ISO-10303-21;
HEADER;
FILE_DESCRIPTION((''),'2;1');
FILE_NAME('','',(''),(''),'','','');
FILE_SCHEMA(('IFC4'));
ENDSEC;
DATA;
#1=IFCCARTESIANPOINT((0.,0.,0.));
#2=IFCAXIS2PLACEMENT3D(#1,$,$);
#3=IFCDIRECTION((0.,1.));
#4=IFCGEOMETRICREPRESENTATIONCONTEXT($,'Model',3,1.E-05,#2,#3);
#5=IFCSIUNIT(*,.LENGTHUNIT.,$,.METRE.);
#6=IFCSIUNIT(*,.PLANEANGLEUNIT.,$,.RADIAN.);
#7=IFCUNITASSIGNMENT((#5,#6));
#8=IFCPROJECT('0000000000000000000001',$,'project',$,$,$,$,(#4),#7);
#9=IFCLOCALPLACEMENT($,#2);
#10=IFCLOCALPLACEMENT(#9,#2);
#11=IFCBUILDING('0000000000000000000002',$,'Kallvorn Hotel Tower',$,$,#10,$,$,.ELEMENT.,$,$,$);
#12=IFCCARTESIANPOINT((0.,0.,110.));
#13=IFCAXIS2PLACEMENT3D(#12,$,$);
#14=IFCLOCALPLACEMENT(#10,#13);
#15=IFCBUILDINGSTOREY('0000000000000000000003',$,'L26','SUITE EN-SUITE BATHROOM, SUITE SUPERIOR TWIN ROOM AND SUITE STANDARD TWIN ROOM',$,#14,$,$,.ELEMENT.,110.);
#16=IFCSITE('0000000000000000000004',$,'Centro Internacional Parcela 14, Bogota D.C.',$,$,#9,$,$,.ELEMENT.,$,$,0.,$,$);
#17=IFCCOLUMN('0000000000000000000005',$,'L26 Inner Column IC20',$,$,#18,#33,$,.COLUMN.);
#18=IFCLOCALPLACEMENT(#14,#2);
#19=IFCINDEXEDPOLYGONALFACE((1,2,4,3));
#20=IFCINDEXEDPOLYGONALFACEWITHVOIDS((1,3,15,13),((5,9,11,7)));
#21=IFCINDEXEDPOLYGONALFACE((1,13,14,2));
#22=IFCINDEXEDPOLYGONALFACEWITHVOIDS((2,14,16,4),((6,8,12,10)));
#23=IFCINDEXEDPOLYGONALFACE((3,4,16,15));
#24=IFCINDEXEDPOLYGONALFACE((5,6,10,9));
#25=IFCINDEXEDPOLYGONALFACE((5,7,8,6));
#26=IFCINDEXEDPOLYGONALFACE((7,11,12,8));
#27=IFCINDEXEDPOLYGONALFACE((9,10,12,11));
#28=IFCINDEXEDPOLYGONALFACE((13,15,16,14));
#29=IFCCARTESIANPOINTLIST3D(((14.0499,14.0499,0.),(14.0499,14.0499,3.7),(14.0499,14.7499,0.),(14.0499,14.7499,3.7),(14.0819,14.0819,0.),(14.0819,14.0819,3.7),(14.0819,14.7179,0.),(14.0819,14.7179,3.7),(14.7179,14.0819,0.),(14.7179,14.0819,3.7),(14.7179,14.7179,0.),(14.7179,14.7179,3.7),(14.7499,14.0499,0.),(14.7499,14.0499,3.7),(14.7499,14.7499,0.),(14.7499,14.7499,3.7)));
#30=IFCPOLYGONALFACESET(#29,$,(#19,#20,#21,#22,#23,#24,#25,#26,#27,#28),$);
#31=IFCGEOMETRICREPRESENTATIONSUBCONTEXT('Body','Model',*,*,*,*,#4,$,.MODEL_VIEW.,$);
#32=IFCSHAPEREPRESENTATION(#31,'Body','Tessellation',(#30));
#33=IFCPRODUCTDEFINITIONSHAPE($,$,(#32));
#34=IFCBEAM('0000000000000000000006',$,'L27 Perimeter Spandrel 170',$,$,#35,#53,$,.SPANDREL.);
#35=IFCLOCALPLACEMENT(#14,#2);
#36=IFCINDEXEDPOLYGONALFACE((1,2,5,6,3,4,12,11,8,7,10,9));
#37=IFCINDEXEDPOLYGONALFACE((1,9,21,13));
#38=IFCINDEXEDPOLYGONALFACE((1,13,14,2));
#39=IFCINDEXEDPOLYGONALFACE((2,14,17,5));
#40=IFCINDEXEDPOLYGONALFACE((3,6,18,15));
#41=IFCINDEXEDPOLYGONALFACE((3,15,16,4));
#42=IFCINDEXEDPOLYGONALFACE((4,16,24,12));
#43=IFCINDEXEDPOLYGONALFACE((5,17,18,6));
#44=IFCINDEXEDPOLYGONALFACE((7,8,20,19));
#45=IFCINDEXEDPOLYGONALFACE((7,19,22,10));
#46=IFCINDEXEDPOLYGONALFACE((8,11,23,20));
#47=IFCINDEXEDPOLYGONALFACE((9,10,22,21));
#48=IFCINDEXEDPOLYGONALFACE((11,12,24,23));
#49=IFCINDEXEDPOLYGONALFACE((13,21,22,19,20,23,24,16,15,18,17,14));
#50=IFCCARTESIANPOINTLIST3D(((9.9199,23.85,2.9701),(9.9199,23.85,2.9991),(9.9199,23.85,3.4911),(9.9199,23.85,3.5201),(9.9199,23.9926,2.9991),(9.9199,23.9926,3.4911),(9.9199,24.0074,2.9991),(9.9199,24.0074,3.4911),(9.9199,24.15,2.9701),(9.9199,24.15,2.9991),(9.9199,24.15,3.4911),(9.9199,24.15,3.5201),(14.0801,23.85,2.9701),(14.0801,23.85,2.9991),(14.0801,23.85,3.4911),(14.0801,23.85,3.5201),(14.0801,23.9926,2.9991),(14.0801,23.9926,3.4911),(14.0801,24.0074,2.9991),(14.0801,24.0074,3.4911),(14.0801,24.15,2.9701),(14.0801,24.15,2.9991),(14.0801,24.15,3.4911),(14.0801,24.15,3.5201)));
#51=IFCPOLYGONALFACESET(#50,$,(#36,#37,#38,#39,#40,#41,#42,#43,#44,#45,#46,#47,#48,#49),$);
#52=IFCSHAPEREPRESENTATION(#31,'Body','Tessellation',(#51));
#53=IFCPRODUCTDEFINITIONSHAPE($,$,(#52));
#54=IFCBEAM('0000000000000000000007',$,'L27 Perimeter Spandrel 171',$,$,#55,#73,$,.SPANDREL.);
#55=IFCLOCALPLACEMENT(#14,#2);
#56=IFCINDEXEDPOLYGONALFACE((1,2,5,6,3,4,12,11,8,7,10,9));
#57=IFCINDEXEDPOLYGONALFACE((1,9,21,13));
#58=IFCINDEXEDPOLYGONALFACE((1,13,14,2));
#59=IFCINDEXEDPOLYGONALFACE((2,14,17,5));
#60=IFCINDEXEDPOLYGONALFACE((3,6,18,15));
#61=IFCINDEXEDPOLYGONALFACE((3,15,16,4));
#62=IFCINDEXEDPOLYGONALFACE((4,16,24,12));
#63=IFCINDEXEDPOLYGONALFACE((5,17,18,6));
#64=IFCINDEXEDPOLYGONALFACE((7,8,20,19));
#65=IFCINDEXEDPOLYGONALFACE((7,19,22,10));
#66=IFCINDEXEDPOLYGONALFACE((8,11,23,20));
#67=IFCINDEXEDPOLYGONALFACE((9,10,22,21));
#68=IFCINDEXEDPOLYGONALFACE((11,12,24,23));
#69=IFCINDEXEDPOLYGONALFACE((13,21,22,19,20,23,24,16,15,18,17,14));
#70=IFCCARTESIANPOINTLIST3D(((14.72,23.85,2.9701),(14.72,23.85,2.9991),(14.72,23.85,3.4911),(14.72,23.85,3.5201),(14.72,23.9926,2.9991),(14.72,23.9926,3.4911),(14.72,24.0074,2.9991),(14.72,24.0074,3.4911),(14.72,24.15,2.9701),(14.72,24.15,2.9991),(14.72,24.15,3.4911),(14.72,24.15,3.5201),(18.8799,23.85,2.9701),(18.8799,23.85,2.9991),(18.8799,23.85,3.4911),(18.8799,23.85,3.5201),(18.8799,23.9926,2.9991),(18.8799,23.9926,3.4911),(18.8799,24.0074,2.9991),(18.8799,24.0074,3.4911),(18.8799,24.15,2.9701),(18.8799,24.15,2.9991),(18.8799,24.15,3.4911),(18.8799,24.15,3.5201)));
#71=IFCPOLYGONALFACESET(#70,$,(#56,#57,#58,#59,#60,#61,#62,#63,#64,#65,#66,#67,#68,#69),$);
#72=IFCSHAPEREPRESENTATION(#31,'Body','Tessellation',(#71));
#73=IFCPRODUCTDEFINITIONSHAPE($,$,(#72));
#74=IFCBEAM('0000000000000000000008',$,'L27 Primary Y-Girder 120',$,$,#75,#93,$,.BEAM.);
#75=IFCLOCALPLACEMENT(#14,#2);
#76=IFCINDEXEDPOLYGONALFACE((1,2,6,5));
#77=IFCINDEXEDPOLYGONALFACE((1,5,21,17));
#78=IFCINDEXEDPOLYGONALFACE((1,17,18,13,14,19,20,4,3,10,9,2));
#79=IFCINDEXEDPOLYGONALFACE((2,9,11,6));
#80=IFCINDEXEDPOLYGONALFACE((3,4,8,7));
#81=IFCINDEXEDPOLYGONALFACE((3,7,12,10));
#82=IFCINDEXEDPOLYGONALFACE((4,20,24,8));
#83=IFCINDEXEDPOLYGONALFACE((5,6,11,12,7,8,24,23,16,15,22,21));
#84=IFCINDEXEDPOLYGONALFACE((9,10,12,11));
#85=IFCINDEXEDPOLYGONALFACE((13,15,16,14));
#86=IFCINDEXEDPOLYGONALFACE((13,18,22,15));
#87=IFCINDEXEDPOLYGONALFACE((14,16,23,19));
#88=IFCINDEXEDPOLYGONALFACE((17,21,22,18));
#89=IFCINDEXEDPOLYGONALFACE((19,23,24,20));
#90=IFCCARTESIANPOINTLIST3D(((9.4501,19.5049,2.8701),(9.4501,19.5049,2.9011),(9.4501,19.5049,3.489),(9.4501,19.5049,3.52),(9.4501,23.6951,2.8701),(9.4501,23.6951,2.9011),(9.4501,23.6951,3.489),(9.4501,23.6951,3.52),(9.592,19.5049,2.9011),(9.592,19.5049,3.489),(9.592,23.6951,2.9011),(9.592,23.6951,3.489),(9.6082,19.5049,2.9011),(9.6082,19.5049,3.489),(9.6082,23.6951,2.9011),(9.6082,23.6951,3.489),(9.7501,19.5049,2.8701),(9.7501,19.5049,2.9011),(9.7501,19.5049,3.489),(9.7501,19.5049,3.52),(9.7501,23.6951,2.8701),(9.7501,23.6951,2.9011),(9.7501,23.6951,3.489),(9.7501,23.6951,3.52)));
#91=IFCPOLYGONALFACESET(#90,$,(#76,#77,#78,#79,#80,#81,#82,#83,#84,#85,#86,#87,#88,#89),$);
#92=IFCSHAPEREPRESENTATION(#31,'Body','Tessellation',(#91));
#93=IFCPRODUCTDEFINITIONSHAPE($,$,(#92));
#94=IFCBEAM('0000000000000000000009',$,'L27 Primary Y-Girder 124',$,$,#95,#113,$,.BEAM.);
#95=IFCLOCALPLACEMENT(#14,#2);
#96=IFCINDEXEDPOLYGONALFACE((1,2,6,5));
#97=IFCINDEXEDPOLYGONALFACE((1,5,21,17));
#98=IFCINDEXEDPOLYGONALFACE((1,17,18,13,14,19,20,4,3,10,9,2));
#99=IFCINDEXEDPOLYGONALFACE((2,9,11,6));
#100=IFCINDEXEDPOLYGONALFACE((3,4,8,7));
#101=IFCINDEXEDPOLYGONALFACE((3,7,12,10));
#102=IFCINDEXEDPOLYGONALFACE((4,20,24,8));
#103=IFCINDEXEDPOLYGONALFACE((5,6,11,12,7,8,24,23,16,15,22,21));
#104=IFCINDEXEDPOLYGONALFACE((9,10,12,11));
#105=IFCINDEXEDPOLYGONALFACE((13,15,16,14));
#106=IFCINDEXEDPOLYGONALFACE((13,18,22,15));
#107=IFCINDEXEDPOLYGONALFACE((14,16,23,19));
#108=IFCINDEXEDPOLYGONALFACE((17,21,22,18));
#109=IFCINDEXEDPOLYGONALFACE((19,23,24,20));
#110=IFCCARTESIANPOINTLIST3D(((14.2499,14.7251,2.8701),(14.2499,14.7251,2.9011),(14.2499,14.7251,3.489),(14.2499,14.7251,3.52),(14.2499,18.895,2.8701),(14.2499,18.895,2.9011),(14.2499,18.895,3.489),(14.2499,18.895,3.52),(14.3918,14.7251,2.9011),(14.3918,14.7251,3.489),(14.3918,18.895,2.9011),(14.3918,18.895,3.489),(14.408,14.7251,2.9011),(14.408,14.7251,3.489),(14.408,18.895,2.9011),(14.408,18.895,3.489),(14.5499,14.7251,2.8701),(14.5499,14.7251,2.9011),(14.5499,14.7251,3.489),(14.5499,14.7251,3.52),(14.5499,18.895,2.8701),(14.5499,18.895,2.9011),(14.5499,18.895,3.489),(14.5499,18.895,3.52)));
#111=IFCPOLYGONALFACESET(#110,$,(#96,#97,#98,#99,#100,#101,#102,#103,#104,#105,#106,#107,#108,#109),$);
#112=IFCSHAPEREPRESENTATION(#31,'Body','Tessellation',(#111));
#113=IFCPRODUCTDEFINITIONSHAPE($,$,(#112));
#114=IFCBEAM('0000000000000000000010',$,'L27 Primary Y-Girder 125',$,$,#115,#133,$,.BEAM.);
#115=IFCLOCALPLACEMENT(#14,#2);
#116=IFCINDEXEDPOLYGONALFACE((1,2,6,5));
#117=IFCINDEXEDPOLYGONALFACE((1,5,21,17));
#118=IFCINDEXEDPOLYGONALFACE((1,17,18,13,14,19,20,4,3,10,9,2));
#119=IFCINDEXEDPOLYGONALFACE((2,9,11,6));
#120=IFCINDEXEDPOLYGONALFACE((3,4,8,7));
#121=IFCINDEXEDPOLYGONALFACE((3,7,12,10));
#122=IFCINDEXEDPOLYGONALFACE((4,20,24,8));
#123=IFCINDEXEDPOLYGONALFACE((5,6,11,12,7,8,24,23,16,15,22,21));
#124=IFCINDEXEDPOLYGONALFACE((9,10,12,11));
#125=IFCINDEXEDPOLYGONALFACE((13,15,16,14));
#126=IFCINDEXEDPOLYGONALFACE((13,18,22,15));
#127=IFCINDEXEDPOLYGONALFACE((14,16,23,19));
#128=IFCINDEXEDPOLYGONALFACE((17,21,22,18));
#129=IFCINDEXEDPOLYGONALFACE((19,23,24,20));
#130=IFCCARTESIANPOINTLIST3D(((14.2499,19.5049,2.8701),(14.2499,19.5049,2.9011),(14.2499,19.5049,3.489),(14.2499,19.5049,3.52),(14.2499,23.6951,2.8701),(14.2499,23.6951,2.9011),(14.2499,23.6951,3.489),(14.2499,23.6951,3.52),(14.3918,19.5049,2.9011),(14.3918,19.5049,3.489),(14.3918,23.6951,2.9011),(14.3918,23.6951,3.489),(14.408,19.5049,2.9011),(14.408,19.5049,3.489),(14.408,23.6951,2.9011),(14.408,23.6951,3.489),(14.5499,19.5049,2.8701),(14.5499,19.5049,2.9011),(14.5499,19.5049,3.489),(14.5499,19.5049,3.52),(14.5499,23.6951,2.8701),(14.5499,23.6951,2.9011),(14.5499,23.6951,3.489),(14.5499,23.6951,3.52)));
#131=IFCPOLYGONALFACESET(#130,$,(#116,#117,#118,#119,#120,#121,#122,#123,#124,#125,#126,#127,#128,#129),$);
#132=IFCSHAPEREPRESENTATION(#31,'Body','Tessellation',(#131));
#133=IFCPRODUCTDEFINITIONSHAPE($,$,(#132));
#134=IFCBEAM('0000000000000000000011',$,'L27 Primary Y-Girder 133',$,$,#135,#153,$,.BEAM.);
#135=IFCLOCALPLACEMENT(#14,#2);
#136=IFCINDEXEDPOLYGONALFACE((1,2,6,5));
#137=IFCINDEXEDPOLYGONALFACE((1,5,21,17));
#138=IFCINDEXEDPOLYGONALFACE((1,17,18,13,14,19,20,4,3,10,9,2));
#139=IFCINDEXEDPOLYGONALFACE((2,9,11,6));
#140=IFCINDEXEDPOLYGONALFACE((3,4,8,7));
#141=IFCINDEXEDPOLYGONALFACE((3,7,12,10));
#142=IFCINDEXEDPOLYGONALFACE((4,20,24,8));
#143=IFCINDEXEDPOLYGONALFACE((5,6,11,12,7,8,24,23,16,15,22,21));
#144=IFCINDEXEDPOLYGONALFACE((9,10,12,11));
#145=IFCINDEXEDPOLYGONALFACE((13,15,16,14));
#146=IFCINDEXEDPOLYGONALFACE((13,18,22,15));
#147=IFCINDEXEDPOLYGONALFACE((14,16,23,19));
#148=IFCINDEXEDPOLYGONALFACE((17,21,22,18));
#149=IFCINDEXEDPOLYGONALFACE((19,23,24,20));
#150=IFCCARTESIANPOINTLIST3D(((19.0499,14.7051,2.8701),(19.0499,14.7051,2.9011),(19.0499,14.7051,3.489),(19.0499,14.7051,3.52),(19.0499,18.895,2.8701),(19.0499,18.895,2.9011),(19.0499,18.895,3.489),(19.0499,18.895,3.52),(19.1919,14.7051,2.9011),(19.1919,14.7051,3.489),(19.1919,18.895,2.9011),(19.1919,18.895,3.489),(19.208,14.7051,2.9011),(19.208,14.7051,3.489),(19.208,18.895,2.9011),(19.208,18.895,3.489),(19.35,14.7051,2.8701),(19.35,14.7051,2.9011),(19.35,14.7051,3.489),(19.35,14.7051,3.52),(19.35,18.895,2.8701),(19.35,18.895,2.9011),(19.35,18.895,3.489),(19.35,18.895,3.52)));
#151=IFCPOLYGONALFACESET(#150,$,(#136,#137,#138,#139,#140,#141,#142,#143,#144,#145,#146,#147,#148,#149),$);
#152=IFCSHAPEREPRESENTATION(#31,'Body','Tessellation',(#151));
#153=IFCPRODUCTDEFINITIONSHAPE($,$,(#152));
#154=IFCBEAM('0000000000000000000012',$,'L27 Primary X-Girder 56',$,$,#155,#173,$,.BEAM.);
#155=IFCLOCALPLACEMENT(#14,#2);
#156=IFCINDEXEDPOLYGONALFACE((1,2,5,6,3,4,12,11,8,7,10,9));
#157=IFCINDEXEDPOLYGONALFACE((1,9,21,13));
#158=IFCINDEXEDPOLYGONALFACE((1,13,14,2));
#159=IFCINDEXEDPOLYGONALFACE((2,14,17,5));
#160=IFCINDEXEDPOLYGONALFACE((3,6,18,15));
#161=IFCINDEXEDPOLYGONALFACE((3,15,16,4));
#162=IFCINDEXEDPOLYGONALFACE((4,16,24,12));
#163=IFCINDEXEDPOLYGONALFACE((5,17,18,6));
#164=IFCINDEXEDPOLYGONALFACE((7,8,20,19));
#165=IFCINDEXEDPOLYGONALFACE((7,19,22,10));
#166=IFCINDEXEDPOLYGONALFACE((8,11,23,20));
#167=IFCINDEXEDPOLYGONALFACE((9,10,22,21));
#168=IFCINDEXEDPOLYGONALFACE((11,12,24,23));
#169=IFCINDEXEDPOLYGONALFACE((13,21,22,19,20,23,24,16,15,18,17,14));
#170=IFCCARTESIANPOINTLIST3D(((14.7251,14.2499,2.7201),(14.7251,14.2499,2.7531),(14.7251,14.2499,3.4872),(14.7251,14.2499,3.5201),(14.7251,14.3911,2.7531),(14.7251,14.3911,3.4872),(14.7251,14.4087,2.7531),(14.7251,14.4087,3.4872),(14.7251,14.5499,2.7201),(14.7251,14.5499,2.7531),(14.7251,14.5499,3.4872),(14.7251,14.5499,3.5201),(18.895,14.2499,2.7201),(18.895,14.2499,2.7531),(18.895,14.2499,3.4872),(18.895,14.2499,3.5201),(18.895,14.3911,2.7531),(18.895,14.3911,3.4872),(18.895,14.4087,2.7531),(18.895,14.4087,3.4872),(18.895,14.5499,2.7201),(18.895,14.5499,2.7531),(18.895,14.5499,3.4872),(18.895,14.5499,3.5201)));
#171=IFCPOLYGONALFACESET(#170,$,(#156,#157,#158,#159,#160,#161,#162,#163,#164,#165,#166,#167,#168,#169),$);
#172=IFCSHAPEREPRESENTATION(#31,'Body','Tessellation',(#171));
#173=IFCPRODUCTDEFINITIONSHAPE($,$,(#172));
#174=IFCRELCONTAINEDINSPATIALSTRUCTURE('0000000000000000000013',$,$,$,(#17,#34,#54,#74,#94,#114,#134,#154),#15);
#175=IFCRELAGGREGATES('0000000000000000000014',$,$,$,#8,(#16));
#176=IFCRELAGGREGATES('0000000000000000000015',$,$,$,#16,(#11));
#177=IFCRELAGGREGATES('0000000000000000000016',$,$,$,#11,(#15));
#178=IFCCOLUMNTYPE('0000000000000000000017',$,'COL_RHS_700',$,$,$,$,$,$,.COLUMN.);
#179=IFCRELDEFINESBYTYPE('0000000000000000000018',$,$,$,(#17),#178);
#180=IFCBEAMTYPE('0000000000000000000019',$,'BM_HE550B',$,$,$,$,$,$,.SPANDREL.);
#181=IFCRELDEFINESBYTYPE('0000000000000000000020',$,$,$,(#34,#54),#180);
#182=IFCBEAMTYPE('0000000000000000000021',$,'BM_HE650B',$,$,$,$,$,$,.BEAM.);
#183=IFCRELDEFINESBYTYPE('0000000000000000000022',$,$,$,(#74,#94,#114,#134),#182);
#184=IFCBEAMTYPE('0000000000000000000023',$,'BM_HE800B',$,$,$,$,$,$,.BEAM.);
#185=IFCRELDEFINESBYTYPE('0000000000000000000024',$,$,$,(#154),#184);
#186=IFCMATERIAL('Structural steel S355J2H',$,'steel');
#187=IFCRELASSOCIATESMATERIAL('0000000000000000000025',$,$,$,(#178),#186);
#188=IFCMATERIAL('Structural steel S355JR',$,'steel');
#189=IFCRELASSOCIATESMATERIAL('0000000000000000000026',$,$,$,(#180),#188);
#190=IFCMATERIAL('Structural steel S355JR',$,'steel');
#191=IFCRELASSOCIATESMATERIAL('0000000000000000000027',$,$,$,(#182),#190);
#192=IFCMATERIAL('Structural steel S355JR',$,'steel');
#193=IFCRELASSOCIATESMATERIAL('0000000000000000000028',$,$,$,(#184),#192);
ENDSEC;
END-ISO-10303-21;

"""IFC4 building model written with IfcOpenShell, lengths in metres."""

from ifc_helpers import new_model, si_unit, direction, frame, origin, origin_2d, place, context, subcontext, project, spatial, hollow_rectangle, i_section, extrude, material, material_profile, profile_set, type_object, element, save


model = new_model("IFC4")

# Units and contexts
model_context = context("Model", 3, precision=1e-05, world=origin(), true_north=direction((0.0, 1.0)))
body_context = subcontext(model_context, "Body", "Model", "MODEL_VIEW")
ifc_project = project(units=[si_unit("LENGTHUNIT", "METRE"), si_unit("PLANEANGLEUNIT", "RADIAN")], contexts=[model_context])

# Site, building, storey
site_placement = place(None, origin())
site = spatial("IfcSite", under=ifc_project, at=site_placement, Name="Centro Internacional Parcela 14, Bogota D.C.", CompositionType="ELEMENT", RefElevation=0.0)
building_placement = place(site_placement, origin())
building = spatial("IfcBuilding", under=site, at=building_placement, Name="Kallvorn Hotel Tower", CompositionType="ELEMENT")
storey_placement = place(building_placement, frame((0.0, 0.0, 110.0)))
storey = spatial("IfcBuildingStorey", under=building, at=storey_placement, Name="L26", Description="SUITE EN-SUITE BATHROOM, SUITE SUPERIOR TWIN ROOM AND SUITE STANDARD TWIN ROOM", CompositionType="ELEMENT", Elevation=110.0)

# Column
ifc_material_1 = material(Name="Structural steel S355J2H", Category="steel")
ifc_material_profile_1 = material_profile(ifc_material_1, hollow_rectangle(XDim=0.7, YDim=0.7, WallThickness=0.032, at=origin_2d()), Name="RHS 700x700x32")
ifc_profile_set_1 = profile_set([ifc_material_profile_1], Name="Structural steel S355J2H")
column_type_1 = type_object("IfcColumnType", Name="COL_RHS_700", PredefinedType="COLUMN", material=ifc_profile_set_1)
column_placement = place(storey_placement, frame((14.3999, 14.3999, 0.0), z_axis=(0.0, 0.0, 1.0), x_axis=(1.0, 0.0, 0.0)))
element("IfcColumn", 1, at=column_placement, inside=storey, type_object=column_type_1, Name="L26 Inner Column IC20", PredefinedType="COLUMN", context=body_context, shape_type="SweptSolid", body=[
    extrude(hollow_rectangle(XDim=0.7, YDim=0.7, WallThickness=0.032, at=origin_2d()), origin(), (0.0, 0.0, 1.0), 3.7),
])

# Beams
ifc_material_2 = material(Name="Structural steel S355JR", Category="steel")
ifc_material_profile_2 = material_profile(ifc_material_2, i_section(OverallWidth=0.3, OverallDepth=0.55, WebThickness=0.0149, FlangeThickness=0.0291, at=origin_2d()), Name="HE 550 B")
ifc_profile_set_2 = profile_set([ifc_material_profile_2], Name="Structural steel S355JR")
beam_type_1 = type_object("IfcBeamType", Name="BM_HE550B", PredefinedType="SPANDREL", material=ifc_profile_set_2)
beam_1_placement = place(storey_placement, frame((9.9199, 24.0, 3.2451), z_axis=(1.0, 0.0, 0.0), x_axis=(0.0, 1.0, 0.0)))
element("IfcBeam", 2, at=beam_1_placement, inside=storey, type_object=beam_type_1, Name="L27 Perimeter Spandrel 170", PredefinedType="SPANDREL", context=body_context, shape_type="SweptSolid", body=[
    extrude(i_section(OverallWidth=0.3, OverallDepth=0.55, WebThickness=0.0149, FlangeThickness=0.0291, at=origin_2d()), origin(), (0.0, 0.0, 1.0), 4.1602),
])
beam_2_placement = place(storey_placement, frame((14.72, 24.0, 3.2451), z_axis=(1.0, 0.0, 0.0), x_axis=(0.0, 1.0, 0.0)))
element("IfcBeam", 3, at=beam_2_placement, inside=storey, type_object=beam_type_1, Name="L27 Perimeter Spandrel 171", PredefinedType="SPANDREL", context=body_context, shape_type="SweptSolid", body=[
    extrude(i_section(OverallWidth=0.3, OverallDepth=0.55, WebThickness=0.0149, FlangeThickness=0.0291, at=origin_2d()), origin(), (0.0, 0.0, 1.0), 4.1599),
])
ifc_material_3 = material(Name="Structural steel S355JR", Category="steel")
ifc_material_profile_3 = material_profile(ifc_material_3, i_section(OverallWidth=0.3, OverallDepth=0.6499, WebThickness=0.0161, FlangeThickness=0.031, at=origin_2d()), Name="HE 650 B")
ifc_profile_set_3 = profile_set([ifc_material_profile_3], Name="Structural steel S355JR")
beam_type_2 = type_object("IfcBeamType", Name="BM_HE650B", PredefinedType="BEAM", material=ifc_profile_set_3)
beam_3_placement = place(storey_placement, frame((9.6001, 19.5049, 3.1951), z_axis=(0.0, 1.0, 0.0), x_axis=(-1.0, 0.0, 0.0)))
element("IfcBeam", 4, at=beam_3_placement, inside=storey, type_object=beam_type_2, Name="L27 Primary Y-Girder 120", PredefinedType="BEAM", context=body_context, shape_type="SweptSolid", body=[
    extrude(i_section(OverallWidth=0.3, OverallDepth=0.6499, WebThickness=0.0161, FlangeThickness=0.031, at=origin_2d()), origin(), (0.0, 0.0, 1.0), 4.1902),
])
beam_4_placement = place(storey_placement, frame((14.3999, 14.7251, 3.1951), z_axis=(0.0, 1.0, 0.0), x_axis=(-1.0, 0.0, 0.0)))
element("IfcBeam", 5, at=beam_4_placement, inside=storey, type_object=beam_type_2, Name="L27 Primary Y-Girder 124", PredefinedType="BEAM", context=body_context, shape_type="SweptSolid", body=[
    extrude(i_section(OverallWidth=0.3, OverallDepth=0.6499, WebThickness=0.0161, FlangeThickness=0.031, at=origin_2d()), origin(), (0.0, 0.0, 1.0), 4.1699),
])
beam_5_placement = place(storey_placement, frame((14.3999, 19.5049, 3.1951), z_axis=(0.0, 1.0, 0.0), x_axis=(-1.0, 0.0, 0.0)))
element("IfcBeam", 6, at=beam_5_placement, inside=storey, type_object=beam_type_2, Name="L27 Primary Y-Girder 125", PredefinedType="BEAM", context=body_context, shape_type="SweptSolid", body=[
    extrude(i_section(OverallWidth=0.3, OverallDepth=0.6499, WebThickness=0.0161, FlangeThickness=0.031, at=origin_2d()), origin(), (0.0, 0.0, 1.0), 4.1902),
])
beam_6_placement = place(storey_placement, frame((19.2, 14.7051, 3.1951), z_axis=(0.0, 1.0, 0.0), x_axis=(-1.0, 0.0, 0.0)))
element("IfcBeam", 7, at=beam_6_placement, inside=storey, type_object=beam_type_2, Name="L27 Primary Y-Girder 133", PredefinedType="BEAM", context=body_context, shape_type="SweptSolid", body=[
    extrude(i_section(OverallWidth=0.3, OverallDepth=0.6499, WebThickness=0.0161, FlangeThickness=0.031, at=origin_2d()), origin(), (0.0, 0.0, 1.0), 4.1899),
])
ifc_material_4 = material(Name="Structural steel S355JR", Category="steel")
ifc_material_profile_4 = material_profile(ifc_material_4, i_section(OverallWidth=0.3, OverallDepth=0.8, WebThickness=0.0176, FlangeThickness=0.033, at=origin_2d()), Name="HE 800 B")
ifc_profile_set_4 = profile_set([ifc_material_profile_4], Name="Structural steel S355JR")
beam_type_3 = type_object("IfcBeamType", Name="BM_HE800B", PredefinedType="BEAM", material=ifc_profile_set_4)
beam_7_placement = place(storey_placement, frame((14.7251, 14.3999, 3.1201), z_axis=(1.0, 0.0, 0.0), x_axis=(0.0, 1.0, 0.0)))
element("IfcBeam", 8, at=beam_7_placement, inside=storey, type_object=beam_type_3, Name="L27 Primary X-Girder 56", PredefinedType="BEAM", context=body_context, shape_type="SweptSolid", body=[
    extrude(i_section(OverallWidth=0.3, OverallDepth=0.8, WebThickness=0.0176, FlangeThickness=0.033, at=origin_2d()), origin(), (0.0, 0.0, 1.0), 4.1699),
])

save(model, "model.ifc")
